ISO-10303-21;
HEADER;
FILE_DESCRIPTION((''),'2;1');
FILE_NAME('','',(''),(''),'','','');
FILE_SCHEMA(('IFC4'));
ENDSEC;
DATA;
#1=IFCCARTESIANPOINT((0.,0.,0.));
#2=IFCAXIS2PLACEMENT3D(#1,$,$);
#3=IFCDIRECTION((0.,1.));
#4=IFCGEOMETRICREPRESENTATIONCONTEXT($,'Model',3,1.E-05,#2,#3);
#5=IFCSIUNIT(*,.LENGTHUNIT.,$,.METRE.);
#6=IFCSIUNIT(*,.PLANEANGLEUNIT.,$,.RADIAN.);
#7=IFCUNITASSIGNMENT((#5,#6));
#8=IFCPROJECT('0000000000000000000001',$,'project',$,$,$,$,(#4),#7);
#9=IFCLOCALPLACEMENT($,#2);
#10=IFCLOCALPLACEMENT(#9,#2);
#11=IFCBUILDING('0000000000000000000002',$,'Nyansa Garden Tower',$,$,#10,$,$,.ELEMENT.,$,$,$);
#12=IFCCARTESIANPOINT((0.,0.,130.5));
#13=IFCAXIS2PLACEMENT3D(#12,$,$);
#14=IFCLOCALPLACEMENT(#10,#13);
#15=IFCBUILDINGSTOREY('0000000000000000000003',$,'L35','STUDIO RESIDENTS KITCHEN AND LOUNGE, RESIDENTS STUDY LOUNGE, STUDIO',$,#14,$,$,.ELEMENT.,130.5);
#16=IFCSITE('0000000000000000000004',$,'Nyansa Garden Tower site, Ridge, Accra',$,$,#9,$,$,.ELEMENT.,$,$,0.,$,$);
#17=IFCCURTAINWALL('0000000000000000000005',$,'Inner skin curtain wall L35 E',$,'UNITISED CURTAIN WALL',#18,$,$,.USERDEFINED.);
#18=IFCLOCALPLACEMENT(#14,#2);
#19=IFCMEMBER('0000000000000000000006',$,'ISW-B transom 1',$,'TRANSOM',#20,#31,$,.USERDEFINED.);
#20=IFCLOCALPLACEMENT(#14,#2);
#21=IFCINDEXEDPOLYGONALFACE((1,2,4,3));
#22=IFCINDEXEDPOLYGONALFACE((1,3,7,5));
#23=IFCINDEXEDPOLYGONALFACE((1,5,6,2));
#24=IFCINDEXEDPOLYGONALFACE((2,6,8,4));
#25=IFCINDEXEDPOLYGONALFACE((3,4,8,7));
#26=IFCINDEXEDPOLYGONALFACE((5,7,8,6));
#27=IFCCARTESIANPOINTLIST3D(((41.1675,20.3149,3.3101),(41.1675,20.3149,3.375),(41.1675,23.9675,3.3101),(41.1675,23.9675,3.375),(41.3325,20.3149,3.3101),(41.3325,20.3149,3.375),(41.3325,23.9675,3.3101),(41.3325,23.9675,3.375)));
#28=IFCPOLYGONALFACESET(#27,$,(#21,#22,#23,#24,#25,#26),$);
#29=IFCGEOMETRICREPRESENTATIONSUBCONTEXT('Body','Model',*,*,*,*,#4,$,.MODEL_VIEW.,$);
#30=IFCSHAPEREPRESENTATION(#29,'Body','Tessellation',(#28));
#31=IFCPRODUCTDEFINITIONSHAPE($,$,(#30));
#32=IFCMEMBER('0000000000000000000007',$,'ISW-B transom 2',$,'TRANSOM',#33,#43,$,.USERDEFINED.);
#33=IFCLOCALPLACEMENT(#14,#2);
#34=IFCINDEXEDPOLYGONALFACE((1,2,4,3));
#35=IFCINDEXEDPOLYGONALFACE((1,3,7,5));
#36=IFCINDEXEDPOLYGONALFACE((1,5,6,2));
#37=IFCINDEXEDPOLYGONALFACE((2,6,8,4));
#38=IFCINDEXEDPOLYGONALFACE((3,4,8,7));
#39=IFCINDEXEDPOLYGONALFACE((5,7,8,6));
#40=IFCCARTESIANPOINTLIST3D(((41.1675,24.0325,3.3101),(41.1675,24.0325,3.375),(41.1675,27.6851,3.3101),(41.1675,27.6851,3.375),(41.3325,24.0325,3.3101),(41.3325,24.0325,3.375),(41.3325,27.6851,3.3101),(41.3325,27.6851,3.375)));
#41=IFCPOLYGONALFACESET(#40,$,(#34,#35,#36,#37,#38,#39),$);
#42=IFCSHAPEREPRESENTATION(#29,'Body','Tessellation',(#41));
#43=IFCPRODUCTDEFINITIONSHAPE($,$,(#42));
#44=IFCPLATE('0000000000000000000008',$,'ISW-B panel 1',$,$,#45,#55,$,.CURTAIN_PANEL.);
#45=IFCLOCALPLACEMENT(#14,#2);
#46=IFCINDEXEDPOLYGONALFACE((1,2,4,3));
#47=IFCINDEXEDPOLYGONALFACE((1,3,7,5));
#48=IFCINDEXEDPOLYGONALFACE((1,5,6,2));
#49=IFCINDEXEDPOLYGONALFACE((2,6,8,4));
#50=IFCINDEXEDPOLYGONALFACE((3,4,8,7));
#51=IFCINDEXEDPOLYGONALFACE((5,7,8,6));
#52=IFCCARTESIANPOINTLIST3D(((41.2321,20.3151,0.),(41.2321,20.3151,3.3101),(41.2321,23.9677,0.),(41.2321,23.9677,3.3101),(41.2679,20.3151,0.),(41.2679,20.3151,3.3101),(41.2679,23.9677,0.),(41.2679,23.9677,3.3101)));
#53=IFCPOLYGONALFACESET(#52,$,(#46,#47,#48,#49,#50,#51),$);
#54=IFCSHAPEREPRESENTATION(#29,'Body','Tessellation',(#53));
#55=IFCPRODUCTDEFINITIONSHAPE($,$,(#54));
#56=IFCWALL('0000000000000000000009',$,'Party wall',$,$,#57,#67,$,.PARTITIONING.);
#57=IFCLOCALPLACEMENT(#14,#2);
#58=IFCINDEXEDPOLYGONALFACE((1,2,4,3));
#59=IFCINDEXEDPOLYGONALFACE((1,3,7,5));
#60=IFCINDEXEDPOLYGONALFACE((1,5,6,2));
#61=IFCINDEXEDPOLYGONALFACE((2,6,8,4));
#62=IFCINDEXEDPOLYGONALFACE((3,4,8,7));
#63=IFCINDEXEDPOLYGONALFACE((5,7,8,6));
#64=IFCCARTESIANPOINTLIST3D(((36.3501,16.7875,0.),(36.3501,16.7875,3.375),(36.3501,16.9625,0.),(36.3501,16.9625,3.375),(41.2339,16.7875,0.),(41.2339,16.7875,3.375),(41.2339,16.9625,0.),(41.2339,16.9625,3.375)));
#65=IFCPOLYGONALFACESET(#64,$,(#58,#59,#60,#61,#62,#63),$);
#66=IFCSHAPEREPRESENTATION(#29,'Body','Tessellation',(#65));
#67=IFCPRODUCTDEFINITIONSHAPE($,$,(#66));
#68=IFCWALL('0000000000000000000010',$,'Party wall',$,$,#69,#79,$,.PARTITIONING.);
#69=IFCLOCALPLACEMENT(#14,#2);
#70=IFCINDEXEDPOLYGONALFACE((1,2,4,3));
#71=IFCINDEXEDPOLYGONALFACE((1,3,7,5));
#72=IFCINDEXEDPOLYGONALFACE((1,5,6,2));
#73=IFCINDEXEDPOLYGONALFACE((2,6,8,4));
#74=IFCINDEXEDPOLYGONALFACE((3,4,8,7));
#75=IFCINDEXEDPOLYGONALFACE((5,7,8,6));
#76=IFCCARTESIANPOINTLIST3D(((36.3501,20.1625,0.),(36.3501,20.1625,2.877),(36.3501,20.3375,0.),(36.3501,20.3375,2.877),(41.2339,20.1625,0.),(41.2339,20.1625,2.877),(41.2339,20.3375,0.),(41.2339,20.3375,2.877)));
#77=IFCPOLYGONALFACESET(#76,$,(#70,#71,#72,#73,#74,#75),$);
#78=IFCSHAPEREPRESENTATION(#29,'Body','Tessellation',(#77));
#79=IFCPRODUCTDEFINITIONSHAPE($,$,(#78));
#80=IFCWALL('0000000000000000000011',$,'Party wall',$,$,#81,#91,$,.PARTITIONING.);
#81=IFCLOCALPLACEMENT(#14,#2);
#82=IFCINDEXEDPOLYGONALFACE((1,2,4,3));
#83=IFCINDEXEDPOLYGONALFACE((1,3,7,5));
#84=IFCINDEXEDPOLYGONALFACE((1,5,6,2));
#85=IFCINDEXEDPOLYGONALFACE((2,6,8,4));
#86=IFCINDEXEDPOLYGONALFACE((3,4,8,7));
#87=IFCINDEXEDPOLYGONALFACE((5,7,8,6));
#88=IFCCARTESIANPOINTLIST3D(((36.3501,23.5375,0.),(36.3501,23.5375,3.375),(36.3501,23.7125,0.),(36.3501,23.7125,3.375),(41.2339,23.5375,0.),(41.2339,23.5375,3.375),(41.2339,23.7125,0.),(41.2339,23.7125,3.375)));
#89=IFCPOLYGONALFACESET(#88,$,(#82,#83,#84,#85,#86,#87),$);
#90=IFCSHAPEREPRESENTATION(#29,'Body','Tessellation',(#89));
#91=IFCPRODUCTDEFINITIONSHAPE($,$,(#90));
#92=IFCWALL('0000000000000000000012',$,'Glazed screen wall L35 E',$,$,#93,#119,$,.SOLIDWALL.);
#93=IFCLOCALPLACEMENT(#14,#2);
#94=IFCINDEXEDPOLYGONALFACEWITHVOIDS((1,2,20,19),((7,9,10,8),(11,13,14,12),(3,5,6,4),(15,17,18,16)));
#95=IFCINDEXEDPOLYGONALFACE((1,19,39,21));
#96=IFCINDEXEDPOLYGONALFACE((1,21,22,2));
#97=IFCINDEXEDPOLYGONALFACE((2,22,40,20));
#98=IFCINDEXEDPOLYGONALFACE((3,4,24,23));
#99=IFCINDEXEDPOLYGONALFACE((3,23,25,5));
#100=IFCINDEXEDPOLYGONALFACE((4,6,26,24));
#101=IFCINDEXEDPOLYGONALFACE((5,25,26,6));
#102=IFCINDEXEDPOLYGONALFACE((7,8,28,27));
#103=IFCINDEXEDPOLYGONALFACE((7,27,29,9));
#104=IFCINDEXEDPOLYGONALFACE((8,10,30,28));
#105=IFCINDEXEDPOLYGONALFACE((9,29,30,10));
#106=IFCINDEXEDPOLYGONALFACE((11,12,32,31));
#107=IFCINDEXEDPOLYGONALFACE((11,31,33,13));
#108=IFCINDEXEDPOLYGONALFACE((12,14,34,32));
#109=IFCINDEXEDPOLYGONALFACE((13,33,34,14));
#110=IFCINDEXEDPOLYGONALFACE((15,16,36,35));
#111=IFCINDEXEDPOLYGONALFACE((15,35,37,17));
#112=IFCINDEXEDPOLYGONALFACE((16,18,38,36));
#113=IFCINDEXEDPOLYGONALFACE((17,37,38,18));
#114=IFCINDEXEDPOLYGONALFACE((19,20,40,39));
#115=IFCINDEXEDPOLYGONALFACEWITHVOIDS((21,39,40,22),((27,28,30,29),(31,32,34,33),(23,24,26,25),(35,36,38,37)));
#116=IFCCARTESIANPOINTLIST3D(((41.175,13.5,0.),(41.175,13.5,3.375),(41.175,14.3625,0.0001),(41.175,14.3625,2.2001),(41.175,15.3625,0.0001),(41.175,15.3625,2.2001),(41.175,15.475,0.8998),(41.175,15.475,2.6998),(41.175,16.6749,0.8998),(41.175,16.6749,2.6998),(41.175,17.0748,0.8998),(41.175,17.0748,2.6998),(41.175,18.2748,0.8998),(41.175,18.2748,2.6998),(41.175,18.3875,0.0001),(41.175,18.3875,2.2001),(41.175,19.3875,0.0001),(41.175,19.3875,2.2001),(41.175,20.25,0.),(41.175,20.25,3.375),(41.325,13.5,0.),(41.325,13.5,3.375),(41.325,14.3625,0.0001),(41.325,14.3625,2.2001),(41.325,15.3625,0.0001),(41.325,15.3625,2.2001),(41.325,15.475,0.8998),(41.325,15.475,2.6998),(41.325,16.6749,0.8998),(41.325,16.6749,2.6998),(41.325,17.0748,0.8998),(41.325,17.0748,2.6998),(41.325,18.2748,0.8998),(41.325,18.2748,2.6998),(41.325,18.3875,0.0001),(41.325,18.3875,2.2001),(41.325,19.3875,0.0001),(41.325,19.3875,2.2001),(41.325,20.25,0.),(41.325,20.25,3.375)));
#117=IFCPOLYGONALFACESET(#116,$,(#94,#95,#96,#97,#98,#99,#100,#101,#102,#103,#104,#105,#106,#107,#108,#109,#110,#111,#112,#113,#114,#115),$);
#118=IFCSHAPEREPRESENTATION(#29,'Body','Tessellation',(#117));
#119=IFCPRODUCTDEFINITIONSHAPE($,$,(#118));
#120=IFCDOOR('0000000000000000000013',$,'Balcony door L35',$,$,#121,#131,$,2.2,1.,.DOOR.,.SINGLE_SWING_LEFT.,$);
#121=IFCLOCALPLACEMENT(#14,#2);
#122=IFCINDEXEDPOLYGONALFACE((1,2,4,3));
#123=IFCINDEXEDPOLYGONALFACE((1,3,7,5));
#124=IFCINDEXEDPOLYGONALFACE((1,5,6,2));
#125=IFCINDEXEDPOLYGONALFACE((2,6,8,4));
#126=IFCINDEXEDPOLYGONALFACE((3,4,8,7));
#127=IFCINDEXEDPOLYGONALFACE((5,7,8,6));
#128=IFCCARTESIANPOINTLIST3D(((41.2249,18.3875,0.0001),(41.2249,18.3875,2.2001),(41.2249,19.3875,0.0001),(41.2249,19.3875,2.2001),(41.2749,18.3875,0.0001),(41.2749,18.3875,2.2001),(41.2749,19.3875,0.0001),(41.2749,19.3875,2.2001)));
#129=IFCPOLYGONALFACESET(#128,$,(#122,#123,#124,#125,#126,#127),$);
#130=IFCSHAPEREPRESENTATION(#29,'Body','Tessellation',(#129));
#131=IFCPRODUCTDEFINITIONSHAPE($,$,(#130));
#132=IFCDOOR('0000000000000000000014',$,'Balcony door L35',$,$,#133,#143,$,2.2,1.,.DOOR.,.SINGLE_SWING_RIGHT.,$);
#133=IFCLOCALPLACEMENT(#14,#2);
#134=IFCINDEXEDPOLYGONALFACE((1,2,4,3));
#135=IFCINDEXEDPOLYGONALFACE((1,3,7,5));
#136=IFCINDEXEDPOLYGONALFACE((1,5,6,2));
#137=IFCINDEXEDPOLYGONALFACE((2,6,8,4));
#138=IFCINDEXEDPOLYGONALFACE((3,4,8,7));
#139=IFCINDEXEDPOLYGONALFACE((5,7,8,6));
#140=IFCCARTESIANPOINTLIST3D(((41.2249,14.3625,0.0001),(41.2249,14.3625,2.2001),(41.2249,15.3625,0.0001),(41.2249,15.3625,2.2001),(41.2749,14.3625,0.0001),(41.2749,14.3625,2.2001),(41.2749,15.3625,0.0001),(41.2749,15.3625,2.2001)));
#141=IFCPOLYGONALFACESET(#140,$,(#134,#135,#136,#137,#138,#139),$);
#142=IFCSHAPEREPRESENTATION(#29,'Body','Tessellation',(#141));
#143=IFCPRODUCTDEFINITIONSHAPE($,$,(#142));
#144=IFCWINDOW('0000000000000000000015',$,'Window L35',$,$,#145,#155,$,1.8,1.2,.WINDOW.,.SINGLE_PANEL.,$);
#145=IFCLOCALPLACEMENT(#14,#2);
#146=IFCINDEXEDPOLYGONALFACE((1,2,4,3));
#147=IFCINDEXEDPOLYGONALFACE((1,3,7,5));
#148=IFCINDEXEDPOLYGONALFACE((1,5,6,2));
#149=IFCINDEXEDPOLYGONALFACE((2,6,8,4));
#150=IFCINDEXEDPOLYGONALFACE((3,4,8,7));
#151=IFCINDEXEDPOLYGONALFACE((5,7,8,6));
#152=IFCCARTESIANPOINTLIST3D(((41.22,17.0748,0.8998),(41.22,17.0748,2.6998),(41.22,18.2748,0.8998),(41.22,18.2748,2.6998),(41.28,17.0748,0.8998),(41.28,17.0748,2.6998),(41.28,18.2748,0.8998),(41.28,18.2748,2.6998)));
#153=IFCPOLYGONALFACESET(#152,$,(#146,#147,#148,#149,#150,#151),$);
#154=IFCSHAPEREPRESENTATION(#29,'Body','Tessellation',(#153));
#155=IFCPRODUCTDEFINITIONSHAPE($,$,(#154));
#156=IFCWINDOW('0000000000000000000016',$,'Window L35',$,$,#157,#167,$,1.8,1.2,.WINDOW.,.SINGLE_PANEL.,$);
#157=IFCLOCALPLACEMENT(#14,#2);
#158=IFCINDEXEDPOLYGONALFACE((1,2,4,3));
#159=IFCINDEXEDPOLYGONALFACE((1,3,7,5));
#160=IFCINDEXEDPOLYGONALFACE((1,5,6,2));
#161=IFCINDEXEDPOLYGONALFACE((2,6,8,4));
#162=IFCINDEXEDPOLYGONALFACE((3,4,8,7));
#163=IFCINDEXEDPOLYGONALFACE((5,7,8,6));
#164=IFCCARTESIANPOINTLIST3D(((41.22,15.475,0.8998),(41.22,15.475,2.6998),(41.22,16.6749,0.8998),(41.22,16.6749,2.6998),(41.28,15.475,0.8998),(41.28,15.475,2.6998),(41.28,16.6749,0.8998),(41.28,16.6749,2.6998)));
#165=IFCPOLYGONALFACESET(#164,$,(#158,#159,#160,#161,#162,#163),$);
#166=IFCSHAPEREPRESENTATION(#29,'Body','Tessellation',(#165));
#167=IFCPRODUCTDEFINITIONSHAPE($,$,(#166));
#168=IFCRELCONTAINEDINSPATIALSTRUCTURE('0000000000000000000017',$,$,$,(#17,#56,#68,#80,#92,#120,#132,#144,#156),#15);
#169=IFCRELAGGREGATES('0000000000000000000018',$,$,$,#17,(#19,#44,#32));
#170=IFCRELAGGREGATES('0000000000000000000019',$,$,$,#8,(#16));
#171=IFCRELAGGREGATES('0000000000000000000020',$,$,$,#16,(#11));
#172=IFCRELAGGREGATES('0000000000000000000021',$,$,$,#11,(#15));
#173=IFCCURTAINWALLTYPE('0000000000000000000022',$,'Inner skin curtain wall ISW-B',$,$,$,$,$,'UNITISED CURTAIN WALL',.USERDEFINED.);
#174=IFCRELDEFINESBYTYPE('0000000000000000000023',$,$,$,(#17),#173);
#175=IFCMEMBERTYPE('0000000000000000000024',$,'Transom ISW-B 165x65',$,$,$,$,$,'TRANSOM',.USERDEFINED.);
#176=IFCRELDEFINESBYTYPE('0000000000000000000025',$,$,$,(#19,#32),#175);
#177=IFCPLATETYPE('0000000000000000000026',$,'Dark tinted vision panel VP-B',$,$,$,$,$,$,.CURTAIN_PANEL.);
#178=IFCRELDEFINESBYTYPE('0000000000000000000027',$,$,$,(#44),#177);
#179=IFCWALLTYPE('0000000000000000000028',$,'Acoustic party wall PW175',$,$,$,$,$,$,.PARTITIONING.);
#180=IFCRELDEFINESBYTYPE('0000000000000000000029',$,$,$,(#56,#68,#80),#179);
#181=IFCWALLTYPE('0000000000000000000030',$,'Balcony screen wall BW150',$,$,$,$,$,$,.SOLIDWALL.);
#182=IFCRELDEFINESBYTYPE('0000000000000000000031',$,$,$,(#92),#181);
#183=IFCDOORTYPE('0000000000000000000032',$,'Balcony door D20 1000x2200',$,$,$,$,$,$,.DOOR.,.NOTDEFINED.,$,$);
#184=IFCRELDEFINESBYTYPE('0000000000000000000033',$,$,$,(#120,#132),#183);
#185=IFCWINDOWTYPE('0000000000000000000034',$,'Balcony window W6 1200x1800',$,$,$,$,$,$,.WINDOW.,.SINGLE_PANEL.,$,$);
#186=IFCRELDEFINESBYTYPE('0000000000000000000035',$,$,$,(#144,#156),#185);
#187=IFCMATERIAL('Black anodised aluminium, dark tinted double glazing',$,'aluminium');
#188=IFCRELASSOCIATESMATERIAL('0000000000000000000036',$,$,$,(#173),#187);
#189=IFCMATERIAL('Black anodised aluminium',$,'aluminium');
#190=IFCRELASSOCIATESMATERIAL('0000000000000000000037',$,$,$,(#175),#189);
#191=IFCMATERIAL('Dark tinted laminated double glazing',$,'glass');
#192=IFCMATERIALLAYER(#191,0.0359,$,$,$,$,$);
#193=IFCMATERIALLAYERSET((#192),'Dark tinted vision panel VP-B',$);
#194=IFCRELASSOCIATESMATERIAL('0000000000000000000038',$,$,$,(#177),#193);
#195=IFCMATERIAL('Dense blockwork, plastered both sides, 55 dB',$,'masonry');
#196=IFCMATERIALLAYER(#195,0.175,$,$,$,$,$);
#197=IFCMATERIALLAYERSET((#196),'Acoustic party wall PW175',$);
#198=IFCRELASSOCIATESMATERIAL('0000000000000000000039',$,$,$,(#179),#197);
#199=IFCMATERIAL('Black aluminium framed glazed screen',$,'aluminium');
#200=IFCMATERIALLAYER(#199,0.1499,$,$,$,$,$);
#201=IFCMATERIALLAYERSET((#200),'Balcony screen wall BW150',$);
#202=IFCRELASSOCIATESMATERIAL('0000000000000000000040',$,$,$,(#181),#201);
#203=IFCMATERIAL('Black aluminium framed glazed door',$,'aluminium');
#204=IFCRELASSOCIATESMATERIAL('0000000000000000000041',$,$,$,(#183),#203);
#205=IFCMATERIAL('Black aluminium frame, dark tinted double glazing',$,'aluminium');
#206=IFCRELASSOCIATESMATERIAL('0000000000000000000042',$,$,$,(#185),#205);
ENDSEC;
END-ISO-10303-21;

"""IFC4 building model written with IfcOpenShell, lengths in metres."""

from ifc_helpers import new_model, si_unit, direction, frame, frame_2d, origin, origin_2d, place, context, subcontext, project, spatial, rectangle, extrude, material, layer, layer_set, material_profile, profile_set, type_object, element, fill, aggregate, save


model = new_model("IFC4")

# Units and contexts
model_context = context("Model", 3, precision=1e-05, world=origin(), true_north=direction((0.0, 1.0)))
body_context = subcontext(model_context, "Body", "Model", "MODEL_VIEW")
ifc_project = project(units=[si_unit("LENGTHUNIT", "METRE"), si_unit("PLANEANGLEUNIT", "RADIAN")], contexts=[model_context])

# Site, building, storey
site_placement = place(None, origin())
site = spatial("IfcSite", under=ifc_project, at=site_placement, Name="Nyansa Garden Tower site, Ridge, Accra", CompositionType="ELEMENT", RefElevation=0.0)
building_placement = place(site_placement, origin())
building = spatial("IfcBuilding", under=site, at=building_placement, Name="Nyansa Garden Tower", CompositionType="ELEMENT")
storey_placement = place(building_placement, frame((0.0, 0.0, 130.5)))
storey = spatial("IfcBuildingStorey", under=building, at=storey_placement, Name="L35", Description="STUDIO RESIDENTS KITCHEN AND LOUNGE, RESIDENTS STUDY LOUNGE, STUDIO", CompositionType="ELEMENT", Elevation=130.5)

# Curtain wall
ifc_material_1 = material(Name="Black anodised aluminium, dark tinted double glazing", Category="aluminium")
curtain_wall_type = type_object("IfcCurtainWallType", Name="Inner skin curtain wall ISW-B", ElementType="UNITISED CURTAIN WALL", PredefinedType="USERDEFINED", material=ifc_material_1)
curtain_wall_placement = place(storey_placement, origin())
curtain_wall = element("IfcCurtainWall", 1, at=curtain_wall_placement, inside=storey, type_object=curtain_wall_type, Name="Inner skin curtain wall L35 E", ObjectType="UNITISED CURTAIN WALL", PredefinedType="USERDEFINED")

# Members
ifc_material_2 = material(Name="Black anodised aluminium", Category="aluminium")
ifc_material_profile_1 = material_profile(ifc_material_2, rectangle(XDim=0.165, YDim=0.0649, at=origin_2d()), Name="Transom 165x65")
ifc_profile_set_1 = profile_set([ifc_material_profile_1], Name="Black anodised aluminium")
member_type_1 = type_object("IfcMemberType", Name="Transom ISW-B 165x65", ElementType="TRANSOM", PredefinedType="USERDEFINED", material=ifc_profile_set_1)
member_1_placement = place(storey_placement, frame((41.25, 20.3149, 3.3425), z_axis=(0.0, 1.0, 0.0), x_axis=(-1.0, 0.0, 0.0)))
member_1 = element("IfcMember", 2, at=member_1_placement, type_object=member_type_1, Name="ISW-B transom 1", ObjectType="TRANSOM", PredefinedType="USERDEFINED", context=body_context, shape_type="SweptSolid", body=[
    extrude(rectangle(XDim=0.165, YDim=0.0649, at=origin_2d()), origin(), (0.0, 0.0, 1.0), 3.6526),
])
member_2_placement = place(storey_placement, frame((41.25, 24.0325, 3.3425), z_axis=(0.0, 1.0, 0.0), x_axis=(-1.0, 0.0, 0.0)))
member_2 = element("IfcMember", 3, at=member_2_placement, type_object=member_type_1, Name="ISW-B transom 2", ObjectType="TRANSOM", PredefinedType="USERDEFINED", context=body_context, shape_type="SweptSolid", body=[
    extrude(rectangle(XDim=0.165, YDim=0.0649, at=origin_2d()), origin(), (0.0, 0.0, 1.0), 3.6526),
])

# Plate
ifc_material_3 = material(Name="Dark tinted laminated double glazing", Category="glass")
ifc_layer_1 = layer(ifc_material_3, 0.0359)
ifc_layer_set_1 = layer_set([ifc_layer_1], Name="Dark tinted vision panel VP-B")
plate_type = type_object("IfcPlateType", Name="Dark tinted vision panel VP-B", PredefinedType="CURTAIN_PANEL", material=ifc_layer_set_1)
plate_placement = place(storey_placement, frame((41.25, 22.1414, 0.0), z_axis=(0.0, 0.0, 1.0), x_axis=(0.0, 1.0, 0.0)))
plate = element("IfcPlate", 4, at=plate_placement, type_object=plate_type, Name="ISW-B panel 1", PredefinedType="CURTAIN_PANEL", context=body_context, shape_type="SweptSolid", body=[
    extrude(rectangle(XDim=3.6526, YDim=0.0359, at=origin_2d()), origin(), (0.0, 0.0, 1.0), 3.3101),
])
aggregate(curtain_wall, [member_1, plate, member_2])

# Walls
ifc_material_4 = material(Name="Dense blockwork, plastered both sides, 55 dB", Category="masonry")
ifc_layer_2 = layer(ifc_material_4, 0.175)
ifc_layer_set_2 = layer_set([ifc_layer_2], Name="Acoustic party wall PW175")
wall_type_1 = type_object("IfcWallType", Name="Acoustic party wall PW175", PredefinedType="PARTITIONING", material=ifc_layer_set_2)
wall_1_placement = place(storey_placement, frame((36.3501, 16.875, 0.0), z_axis=(0.0, 0.0, 1.0), x_axis=(1.0, 0.0, 0.0)))
element("IfcWall", 5, at=wall_1_placement, inside=storey, type_object=wall_type_1, Name="Party wall", PredefinedType="PARTITIONING", context=body_context, shape_type="SweptSolid", body=[
    extrude(rectangle(XDim=4.8838, YDim=0.175, at=frame_2d((2.4419, 0.0))), origin(), (0.0, 0.0, 1.0), 3.375),
])
wall_2_placement = place(storey_placement, frame((36.3501, 20.25, 0.0), z_axis=(0.0, 0.0, 1.0), x_axis=(1.0, 0.0, 0.0)))
element("IfcWall", 6, at=wall_2_placement, inside=storey, type_object=wall_type_1, Name="Party wall", PredefinedType="PARTITIONING", context=body_context, shape_type="SweptSolid", body=[
    extrude(rectangle(XDim=4.8838, YDim=0.175, at=frame_2d((2.4419, 0.0))), origin(), (0.0, 0.0, 1.0), 2.877),
])
wall_3_placement = place(storey_placement, frame((36.3501, 23.625, 0.0), z_axis=(0.0, 0.0, 1.0), x_axis=(1.0, 0.0, 0.0)))
element("IfcWall", 7, at=wall_3_placement, inside=storey, type_object=wall_type_1, Name="Party wall", PredefinedType="PARTITIONING", context=body_context, shape_type="SweptSolid", body=[
    extrude(rectangle(XDim=4.8838, YDim=0.175, at=frame_2d((2.4419, 0.0))), origin(), (0.0, 0.0, 1.0), 3.375),
])

# Wall, openings, doors, windows
ifc_material_5 = material(Name="Black aluminium framed glazed screen", Category="aluminium")
ifc_layer_3 = layer(ifc_material_5, 0.1499)
ifc_layer_set_3 = layer_set([ifc_layer_3], Name="Balcony screen wall BW150")
wall_type_2 = type_object("IfcWallType", Name="Balcony screen wall BW150", PredefinedType="SOLIDWALL", material=ifc_layer_set_3)
wall_4_placement = place(storey_placement, frame((41.25, 20.25, 0.0), z_axis=(0.0, 0.0, 1.0), x_axis=(0.0, -1.0, 0.0)))
wall_4 = element("IfcWall", 8, at=wall_4_placement, inside=storey, type_object=wall_type_2, Name="Glazed screen wall L35 E", PredefinedType="SOLIDWALL", context=body_context, shape_type="SweptSolid", body=[
    extrude(rectangle(XDim=6.75, YDim=0.1499, at=frame_2d((3.375, 0.0))), origin(), (0.0, 0.0, 1.0), 3.375),
])
opening_1_placement = place(wall_4_placement, frame((0.8625, 0.0, 0.0)))
opening_1 = element("IfcOpeningElement", 9, at=opening_1_placement, cuts=wall_4, PredefinedType="OPENING", context=body_context, shape_type="SweptSolid", body=[
    extrude(rectangle(XDim=1.0, YDim=2.2, at=frame_2d((0.5, 1.1001))), frame((0.0, 0.085, 0.0), z_axis=(0.0, -1.0, 0.0), x_axis=(1.0, 0.0, 0.0)), (0.0, 0.0, 1.0), 0.1699),
])
opening_2_placement = place(wall_4_placement, frame((1.9751, 0.0, 0.8999)))
opening_2 = element("IfcOpeningElement", 10, at=opening_2_placement, cuts=wall_4, PredefinedType="OPENING", context=body_context, shape_type="SweptSolid", body=[
    extrude(rectangle(XDim=1.2, YDim=1.8, at=frame_2d((0.6001, 0.8999))), frame((0.0, 0.085, 0.0), z_axis=(0.0, -1.0, 0.0), x_axis=(1.0, 0.0, 0.0)), (0.0, 0.0, 1.0), 0.1699),
])
opening_3_placement = place(wall_4_placement, frame((4.8875, 0.0, 0.0)))
opening_3 = element("IfcOpeningElement", 11, at=opening_3_placement, cuts=wall_4, PredefinedType="OPENING", context=body_context, shape_type="SweptSolid", body=[
    extrude(rectangle(XDim=1.0, YDim=2.2, at=frame_2d((0.5, 1.1001))), frame((0.0, 0.085, 0.0), z_axis=(0.0, -1.0, 0.0), x_axis=(1.0, 0.0, 0.0)), (0.0, 0.0, 1.0), 0.1699),
])
opening_4_placement = place(wall_4_placement, frame((3.575, 0.0, 0.8999)))
opening_4 = element("IfcOpeningElement", 12, at=opening_4_placement, cuts=wall_4, PredefinedType="OPENING", context=body_context, shape_type="SweptSolid", body=[
    extrude(rectangle(XDim=1.2, YDim=1.8, at=frame_2d((0.6001, 0.8999))), frame((0.0, 0.085, 0.0), z_axis=(0.0, -1.0, 0.0), x_axis=(1.0, 0.0, 0.0)), (0.0, 0.0, 1.0), 0.1699),
])
ifc_material_6 = material(Name="Black aluminium framed glazed door", Category="aluminium")
door_type_1 = type_object("IfcDoorType", Name="Balcony door D20 1000x2200", OperationType="NOTDEFINED", PredefinedType="DOOR", material=ifc_material_6)
door_1_placement = place(opening_1_placement, origin())
door_1 = element("IfcDoor", 13, at=door_1_placement, inside=storey, type_object=door_type_1, Name="Balcony door L35", OperationType="SINGLE_SWING_LEFT", OverallHeight=2.2, OverallWidth=1.0, PredefinedType="DOOR", context=body_context, shape_type="SweptSolid", body=[
    extrude(rectangle(XDim=1.0, YDim=2.2, at=frame_2d((0.5, 1.1001))), frame((0.0, 0.0249, 0.0), z_axis=(0.0, -1.0, 0.0), x_axis=(1.0, 0.0, 0.0)), (0.0, 0.0, 1.0), 0.05),
])
fill(opening_1, door_1)
door_2_placement = place(opening_3_placement, origin())
door_2 = element("IfcDoor", 14, at=door_2_placement, inside=storey, type_object=door_type_1, Name="Balcony door L35", OperationType="SINGLE_SWING_RIGHT", OverallHeight=2.2, OverallWidth=1.0, PredefinedType="DOOR", context=body_context, shape_type="SweptSolid", body=[
    extrude(rectangle(XDim=1.0, YDim=2.2, at=frame_2d((0.5, 1.1001))), frame((0.0, 0.0249, 0.0), z_axis=(0.0, -1.0, 0.0), x_axis=(1.0, 0.0, 0.0)), (0.0, 0.0, 1.0), 0.05),
])
fill(opening_3, door_2)
ifc_material_7 = material(Name="Black aluminium frame, dark tinted double glazing", Category="aluminium")
window_type = type_object("IfcWindowType", Name="Balcony window W6 1200x1800", PartitioningType="SINGLE_PANEL", PredefinedType="WINDOW", material=ifc_material_7)
window_1_placement = place(opening_2_placement, origin())
window_1 = element("IfcWindow", 15, at=window_1_placement, inside=storey, type_object=window_type, Name="Window L35", OverallHeight=1.8, OverallWidth=1.2, PartitioningType="SINGLE_PANEL", PredefinedType="WINDOW", context=body_context, shape_type="SweptSolid", body=[
    extrude(rectangle(XDim=1.2, YDim=1.8, at=frame_2d((0.6001, 0.8999))), frame((0.0, 0.03, 0.0), z_axis=(0.0, -1.0, 0.0), x_axis=(1.0, 0.0, 0.0)), (0.0, 0.0, 1.0), 0.0601),
])
fill(opening_2, window_1)
window_2_placement = place(opening_4_placement, origin())
window_2 = element("IfcWindow", 16, at=window_2_placement, inside=storey, type_object=window_type, Name="Window L35", OverallHeight=1.8, OverallWidth=1.2, PartitioningType="SINGLE_PANEL", PredefinedType="WINDOW", context=body_context, shape_type="SweptSolid", body=[
    extrude(rectangle(XDim=1.2, YDim=1.8, at=frame_2d((0.6001, 0.8999))), frame((0.0, 0.03, 0.0), z_axis=(0.0, -1.0, 0.0), x_axis=(1.0, 0.0, 0.0)), (0.0, 0.0, 1.0), 0.0601),
])
fill(opening_4, window_2)

save(model, "model.ifc")
